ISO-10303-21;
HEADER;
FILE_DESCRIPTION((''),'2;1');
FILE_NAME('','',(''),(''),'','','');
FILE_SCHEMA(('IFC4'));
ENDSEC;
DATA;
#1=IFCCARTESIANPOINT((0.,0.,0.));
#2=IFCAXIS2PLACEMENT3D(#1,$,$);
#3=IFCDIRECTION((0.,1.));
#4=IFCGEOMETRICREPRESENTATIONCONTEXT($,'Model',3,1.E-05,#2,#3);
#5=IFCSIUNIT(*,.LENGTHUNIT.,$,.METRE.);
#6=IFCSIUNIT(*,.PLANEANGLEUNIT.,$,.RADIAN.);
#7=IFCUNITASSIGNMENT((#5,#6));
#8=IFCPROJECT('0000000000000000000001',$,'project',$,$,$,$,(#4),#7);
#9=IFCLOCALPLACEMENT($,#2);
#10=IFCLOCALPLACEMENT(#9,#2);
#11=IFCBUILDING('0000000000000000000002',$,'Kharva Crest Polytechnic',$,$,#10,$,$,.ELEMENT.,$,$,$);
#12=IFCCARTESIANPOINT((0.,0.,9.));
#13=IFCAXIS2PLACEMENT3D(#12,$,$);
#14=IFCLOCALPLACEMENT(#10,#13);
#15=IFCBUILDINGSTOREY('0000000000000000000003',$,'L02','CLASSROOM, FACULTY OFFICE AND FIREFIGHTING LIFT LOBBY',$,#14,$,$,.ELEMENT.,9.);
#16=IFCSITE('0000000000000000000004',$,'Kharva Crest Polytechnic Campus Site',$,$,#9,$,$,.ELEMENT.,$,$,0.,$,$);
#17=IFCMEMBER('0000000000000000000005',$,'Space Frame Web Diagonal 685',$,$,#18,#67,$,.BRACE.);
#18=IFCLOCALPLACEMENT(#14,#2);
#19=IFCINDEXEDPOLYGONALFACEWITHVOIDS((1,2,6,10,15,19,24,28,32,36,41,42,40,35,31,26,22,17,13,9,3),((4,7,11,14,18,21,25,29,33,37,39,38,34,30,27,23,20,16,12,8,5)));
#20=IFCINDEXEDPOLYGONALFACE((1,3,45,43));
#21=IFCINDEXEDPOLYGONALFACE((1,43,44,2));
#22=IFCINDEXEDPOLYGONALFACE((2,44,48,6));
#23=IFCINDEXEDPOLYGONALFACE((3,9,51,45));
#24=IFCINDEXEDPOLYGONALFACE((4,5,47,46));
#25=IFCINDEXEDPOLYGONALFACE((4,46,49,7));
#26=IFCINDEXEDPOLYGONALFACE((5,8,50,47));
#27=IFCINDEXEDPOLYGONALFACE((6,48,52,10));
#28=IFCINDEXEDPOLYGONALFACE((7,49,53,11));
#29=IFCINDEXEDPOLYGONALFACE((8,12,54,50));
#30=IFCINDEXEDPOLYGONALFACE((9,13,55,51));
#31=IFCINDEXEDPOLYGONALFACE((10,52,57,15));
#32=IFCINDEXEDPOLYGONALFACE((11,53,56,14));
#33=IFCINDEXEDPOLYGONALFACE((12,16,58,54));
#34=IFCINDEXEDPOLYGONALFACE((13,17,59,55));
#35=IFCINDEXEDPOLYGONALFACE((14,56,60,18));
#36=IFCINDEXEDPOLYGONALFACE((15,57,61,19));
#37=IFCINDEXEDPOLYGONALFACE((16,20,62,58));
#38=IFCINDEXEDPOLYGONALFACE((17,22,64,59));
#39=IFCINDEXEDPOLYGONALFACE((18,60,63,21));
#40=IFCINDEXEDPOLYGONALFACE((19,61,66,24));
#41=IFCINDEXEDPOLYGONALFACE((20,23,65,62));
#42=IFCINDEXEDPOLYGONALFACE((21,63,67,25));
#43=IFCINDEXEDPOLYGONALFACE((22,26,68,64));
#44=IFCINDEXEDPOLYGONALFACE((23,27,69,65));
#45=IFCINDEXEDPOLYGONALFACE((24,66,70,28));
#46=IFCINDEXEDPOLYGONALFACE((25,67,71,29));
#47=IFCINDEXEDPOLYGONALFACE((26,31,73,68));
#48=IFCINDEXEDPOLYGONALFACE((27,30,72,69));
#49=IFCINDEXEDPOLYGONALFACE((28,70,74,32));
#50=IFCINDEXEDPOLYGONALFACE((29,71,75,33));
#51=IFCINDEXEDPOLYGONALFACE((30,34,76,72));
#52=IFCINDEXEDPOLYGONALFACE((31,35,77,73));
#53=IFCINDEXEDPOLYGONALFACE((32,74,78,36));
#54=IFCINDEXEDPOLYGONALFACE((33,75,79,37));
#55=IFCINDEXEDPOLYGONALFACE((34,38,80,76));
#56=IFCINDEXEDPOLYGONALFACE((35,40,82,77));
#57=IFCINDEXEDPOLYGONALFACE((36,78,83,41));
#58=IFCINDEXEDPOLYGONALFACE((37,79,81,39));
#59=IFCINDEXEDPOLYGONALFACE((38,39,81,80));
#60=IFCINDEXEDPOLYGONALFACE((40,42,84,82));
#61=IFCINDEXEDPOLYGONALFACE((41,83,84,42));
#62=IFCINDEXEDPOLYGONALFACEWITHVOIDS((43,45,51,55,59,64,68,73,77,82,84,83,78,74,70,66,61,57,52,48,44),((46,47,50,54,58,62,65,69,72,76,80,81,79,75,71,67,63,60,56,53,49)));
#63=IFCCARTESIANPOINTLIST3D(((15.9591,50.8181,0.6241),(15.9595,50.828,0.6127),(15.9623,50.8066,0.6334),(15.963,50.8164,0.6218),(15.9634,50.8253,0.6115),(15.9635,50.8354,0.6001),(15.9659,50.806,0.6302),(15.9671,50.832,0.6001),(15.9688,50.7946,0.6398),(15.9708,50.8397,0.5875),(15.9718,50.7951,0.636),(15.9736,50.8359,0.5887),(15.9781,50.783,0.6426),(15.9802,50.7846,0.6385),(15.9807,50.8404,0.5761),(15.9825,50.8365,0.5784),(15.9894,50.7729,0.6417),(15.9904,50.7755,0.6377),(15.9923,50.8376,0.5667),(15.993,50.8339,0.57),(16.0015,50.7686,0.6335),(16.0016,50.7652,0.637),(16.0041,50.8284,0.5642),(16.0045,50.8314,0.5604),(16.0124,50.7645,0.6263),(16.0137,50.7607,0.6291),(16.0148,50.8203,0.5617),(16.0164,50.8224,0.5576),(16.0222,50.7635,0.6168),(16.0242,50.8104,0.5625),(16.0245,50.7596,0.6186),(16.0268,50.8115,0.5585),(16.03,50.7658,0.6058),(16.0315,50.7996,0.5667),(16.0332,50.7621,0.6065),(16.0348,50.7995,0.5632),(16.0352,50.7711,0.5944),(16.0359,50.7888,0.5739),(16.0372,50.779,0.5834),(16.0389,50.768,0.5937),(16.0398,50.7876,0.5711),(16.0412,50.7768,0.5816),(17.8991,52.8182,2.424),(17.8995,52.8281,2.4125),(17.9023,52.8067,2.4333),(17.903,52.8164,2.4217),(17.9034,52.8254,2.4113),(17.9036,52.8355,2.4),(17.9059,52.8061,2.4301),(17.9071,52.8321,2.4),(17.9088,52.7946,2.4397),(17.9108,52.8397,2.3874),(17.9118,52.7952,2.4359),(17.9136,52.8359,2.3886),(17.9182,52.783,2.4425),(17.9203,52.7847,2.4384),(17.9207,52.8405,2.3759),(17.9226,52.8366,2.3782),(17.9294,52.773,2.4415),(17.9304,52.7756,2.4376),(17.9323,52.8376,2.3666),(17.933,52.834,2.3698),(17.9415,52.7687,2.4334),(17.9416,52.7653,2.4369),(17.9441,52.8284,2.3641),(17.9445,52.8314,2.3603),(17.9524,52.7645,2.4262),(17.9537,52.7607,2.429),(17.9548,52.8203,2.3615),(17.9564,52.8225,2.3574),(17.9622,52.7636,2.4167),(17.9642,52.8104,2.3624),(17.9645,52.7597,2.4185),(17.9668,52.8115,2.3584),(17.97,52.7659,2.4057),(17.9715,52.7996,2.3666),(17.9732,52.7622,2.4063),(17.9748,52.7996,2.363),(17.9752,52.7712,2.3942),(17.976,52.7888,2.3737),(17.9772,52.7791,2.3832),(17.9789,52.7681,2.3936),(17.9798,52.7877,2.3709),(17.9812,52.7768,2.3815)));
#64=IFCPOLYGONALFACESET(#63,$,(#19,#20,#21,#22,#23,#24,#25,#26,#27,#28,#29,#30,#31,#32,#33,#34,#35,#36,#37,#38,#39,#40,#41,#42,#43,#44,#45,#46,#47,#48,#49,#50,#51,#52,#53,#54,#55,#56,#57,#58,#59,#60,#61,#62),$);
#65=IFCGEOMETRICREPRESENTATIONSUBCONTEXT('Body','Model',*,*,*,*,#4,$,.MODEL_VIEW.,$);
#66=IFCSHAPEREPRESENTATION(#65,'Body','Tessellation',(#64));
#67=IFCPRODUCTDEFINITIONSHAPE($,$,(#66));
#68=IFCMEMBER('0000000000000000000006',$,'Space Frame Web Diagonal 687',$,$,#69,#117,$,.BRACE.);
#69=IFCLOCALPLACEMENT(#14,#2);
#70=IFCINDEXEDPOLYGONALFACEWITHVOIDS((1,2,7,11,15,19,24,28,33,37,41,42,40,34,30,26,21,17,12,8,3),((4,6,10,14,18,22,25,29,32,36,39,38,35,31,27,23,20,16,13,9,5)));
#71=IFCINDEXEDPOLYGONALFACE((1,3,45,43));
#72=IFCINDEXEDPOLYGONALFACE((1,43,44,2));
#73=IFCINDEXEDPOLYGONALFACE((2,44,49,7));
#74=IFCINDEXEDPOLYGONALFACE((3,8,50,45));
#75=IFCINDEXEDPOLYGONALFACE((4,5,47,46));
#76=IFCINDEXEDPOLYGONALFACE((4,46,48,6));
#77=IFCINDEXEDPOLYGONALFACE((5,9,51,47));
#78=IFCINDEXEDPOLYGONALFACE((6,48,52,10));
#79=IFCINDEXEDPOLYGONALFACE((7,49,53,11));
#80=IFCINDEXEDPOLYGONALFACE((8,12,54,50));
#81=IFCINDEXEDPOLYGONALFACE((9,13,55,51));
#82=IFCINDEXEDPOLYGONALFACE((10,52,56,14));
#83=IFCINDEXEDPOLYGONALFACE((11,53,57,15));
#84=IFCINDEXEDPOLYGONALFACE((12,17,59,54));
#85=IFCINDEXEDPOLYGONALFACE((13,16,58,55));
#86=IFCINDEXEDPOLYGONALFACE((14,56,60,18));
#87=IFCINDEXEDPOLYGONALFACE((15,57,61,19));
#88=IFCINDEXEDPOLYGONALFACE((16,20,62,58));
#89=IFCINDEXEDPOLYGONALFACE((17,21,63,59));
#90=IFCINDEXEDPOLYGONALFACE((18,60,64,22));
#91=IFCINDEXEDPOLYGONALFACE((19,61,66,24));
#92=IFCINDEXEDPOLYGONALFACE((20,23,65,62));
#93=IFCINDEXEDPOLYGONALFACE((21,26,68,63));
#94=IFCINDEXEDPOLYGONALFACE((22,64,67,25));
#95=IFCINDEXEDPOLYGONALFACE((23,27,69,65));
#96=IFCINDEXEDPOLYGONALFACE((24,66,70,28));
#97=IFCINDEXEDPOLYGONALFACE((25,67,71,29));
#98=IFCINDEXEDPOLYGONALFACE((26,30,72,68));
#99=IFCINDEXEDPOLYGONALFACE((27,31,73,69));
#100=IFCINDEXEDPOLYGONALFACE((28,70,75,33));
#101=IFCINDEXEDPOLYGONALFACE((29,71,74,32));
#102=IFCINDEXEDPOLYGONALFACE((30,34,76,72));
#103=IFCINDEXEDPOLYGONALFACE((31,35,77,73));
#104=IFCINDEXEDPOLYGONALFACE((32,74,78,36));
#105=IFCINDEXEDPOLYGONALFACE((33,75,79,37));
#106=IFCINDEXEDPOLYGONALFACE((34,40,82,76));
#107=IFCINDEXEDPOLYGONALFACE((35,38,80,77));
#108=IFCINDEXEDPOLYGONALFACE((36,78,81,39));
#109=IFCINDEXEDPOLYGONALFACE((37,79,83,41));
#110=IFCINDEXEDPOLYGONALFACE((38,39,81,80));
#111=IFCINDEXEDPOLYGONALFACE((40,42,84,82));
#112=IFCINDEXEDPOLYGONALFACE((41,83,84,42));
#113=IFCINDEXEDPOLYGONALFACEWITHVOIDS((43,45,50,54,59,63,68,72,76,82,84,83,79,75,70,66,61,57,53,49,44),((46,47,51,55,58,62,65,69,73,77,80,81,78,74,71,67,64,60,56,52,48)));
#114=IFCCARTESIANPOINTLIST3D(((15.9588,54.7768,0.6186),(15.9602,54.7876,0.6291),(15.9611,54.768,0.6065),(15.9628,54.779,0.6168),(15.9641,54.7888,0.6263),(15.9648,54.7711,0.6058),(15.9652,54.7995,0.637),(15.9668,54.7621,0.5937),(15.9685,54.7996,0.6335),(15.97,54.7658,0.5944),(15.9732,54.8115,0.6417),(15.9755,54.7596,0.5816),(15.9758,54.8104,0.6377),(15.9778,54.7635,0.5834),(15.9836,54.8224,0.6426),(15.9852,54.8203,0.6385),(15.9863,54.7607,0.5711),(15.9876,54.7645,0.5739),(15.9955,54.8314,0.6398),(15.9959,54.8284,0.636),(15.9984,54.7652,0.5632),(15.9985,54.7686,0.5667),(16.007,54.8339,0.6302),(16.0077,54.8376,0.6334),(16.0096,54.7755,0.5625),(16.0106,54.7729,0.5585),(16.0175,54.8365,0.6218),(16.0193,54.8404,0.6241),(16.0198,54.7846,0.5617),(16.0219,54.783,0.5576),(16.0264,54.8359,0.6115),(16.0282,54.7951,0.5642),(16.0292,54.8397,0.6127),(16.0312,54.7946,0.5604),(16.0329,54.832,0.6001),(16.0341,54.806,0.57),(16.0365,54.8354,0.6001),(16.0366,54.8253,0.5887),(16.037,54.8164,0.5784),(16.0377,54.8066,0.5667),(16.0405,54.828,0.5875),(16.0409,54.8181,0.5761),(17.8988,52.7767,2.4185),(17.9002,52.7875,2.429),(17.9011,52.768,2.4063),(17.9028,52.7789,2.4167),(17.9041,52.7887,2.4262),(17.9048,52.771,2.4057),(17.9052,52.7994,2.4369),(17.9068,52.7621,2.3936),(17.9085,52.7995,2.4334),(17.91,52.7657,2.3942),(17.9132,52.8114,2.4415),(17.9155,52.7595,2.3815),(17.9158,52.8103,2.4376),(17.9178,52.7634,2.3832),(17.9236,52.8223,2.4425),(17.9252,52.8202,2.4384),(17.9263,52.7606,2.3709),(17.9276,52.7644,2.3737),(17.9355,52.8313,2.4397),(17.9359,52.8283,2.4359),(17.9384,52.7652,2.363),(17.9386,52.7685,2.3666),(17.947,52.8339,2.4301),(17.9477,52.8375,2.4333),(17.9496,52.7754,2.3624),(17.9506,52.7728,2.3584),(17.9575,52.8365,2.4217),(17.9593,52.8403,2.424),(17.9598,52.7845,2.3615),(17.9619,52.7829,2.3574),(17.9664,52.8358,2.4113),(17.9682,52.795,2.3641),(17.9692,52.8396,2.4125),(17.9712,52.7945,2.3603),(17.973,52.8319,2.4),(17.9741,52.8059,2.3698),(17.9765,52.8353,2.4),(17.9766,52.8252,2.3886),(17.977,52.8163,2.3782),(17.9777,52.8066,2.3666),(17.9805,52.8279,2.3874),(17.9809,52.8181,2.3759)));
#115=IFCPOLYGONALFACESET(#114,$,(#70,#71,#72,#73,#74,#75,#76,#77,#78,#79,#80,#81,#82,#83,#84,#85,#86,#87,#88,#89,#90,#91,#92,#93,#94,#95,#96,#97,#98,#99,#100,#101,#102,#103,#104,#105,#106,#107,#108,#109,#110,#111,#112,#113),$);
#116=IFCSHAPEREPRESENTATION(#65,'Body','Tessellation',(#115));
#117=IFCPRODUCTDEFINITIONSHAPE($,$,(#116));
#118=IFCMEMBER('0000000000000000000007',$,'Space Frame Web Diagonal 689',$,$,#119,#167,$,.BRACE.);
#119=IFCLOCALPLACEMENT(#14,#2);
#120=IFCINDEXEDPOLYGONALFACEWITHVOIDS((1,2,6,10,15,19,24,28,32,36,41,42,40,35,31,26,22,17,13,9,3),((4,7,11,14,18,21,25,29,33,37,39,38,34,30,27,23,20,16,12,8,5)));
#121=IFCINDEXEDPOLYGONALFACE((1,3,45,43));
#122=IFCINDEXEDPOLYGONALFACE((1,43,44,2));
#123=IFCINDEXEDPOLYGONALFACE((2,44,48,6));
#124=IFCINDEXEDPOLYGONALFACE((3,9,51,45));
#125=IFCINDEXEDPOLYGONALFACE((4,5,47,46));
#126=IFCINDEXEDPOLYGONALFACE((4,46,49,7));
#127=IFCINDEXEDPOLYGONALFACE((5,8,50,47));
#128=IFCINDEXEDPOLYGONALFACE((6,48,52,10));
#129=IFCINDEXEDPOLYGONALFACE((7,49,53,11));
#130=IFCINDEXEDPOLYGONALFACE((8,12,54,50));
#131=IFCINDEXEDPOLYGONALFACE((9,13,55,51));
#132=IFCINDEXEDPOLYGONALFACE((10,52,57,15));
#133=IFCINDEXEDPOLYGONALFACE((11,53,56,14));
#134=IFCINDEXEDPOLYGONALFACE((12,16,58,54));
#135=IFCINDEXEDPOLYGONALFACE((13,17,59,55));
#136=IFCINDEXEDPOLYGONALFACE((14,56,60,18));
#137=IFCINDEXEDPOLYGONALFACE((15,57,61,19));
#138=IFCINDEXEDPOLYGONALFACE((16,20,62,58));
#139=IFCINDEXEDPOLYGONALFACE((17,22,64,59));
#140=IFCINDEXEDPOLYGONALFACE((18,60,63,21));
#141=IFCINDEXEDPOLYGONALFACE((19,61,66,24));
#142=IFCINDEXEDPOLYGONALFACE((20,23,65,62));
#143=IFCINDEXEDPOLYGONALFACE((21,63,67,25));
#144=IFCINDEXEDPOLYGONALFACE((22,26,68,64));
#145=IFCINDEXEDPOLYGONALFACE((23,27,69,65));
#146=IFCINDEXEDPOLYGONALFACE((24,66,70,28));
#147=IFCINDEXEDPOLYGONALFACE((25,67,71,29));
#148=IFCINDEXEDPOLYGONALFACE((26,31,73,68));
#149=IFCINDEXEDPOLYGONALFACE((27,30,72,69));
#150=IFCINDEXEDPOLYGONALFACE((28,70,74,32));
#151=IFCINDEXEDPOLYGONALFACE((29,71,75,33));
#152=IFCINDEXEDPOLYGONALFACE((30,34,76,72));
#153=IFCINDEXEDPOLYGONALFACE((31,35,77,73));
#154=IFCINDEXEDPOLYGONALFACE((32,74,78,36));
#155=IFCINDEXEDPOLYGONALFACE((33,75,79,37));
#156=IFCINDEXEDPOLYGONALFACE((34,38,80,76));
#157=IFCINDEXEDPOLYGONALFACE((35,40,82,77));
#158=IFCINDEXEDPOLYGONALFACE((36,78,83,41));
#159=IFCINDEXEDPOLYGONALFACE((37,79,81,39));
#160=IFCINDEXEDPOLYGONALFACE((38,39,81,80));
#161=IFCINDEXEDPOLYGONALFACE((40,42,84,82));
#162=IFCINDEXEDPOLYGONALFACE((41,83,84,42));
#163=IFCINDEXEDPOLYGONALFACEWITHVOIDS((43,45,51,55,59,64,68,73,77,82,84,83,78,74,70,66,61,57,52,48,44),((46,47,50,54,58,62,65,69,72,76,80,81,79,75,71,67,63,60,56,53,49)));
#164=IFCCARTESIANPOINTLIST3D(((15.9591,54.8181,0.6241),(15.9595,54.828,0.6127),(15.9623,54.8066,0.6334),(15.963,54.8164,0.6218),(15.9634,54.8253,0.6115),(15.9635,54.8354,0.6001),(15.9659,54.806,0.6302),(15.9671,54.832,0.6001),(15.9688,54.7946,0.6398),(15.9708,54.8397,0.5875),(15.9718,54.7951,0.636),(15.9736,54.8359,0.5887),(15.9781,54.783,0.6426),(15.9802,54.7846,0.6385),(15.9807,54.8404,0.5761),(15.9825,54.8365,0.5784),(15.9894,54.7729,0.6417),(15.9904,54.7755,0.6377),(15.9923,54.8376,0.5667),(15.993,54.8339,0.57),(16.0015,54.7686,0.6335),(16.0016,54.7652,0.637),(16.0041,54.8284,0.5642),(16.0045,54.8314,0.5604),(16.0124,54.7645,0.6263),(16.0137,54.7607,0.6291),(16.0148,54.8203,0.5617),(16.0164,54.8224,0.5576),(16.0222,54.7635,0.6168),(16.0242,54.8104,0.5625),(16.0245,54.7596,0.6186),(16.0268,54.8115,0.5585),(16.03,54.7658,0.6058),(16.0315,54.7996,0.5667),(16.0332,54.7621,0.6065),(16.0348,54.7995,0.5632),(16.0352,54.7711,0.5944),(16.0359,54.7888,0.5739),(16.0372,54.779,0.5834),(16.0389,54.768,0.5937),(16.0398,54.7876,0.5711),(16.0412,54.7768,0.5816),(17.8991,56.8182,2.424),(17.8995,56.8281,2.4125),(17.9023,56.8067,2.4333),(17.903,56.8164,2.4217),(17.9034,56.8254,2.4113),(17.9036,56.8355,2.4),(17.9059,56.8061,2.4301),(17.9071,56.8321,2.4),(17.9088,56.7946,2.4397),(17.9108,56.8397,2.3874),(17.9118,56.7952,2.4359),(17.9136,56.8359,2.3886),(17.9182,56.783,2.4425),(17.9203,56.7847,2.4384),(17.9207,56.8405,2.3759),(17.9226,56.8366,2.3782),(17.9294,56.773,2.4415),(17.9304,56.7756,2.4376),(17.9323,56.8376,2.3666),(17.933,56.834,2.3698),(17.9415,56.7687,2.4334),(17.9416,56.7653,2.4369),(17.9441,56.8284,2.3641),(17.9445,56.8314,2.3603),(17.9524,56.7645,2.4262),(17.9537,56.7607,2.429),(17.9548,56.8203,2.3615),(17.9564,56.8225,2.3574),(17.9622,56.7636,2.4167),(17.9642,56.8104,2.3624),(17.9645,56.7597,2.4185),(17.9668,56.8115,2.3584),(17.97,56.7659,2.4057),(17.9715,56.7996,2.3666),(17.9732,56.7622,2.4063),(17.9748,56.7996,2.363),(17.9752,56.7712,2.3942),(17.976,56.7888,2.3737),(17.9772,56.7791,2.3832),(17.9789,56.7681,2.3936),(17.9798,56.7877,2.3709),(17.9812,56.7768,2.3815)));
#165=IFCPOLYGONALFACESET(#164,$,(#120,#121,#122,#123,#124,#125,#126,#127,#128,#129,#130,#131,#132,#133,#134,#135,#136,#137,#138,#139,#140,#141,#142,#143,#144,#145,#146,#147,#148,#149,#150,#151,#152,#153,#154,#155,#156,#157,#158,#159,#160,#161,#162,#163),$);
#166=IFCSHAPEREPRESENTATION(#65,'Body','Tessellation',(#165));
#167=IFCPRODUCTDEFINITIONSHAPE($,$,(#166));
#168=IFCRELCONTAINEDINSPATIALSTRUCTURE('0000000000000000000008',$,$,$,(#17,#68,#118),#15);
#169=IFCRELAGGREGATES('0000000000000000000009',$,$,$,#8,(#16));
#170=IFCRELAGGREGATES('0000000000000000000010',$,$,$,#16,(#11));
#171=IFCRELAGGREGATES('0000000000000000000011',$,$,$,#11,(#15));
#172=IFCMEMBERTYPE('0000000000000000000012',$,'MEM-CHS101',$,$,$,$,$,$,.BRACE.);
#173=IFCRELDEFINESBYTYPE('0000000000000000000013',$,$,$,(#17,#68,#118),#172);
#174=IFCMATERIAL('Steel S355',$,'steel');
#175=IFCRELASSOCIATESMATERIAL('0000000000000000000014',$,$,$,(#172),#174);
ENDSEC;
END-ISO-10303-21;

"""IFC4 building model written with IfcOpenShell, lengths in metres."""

from ifc_helpers import new_model, si_unit, direction, frame, origin, origin_2d, place, context, subcontext, project, spatial, hollow_circle, extrude, material, material_profile, profile_set, type_object, element, save


model = new_model("IFC4")

# Units and contexts
model_context = context("Model", 3, precision=1e-05, world=origin(), true_north=direction((0.0, 1.0)))
body_context = subcontext(model_context, "Body", "Model", "MODEL_VIEW")
ifc_project = project(units=[si_unit("LENGTHUNIT", "METRE"), si_unit("PLANEANGLEUNIT", "RADIAN")], contexts=[model_context])

# Site, building, storey
site_placement = place(None, origin())
site = spatial("IfcSite", under=ifc_project, at=site_placement, Name="Kharva Crest Polytechnic Campus Site", CompositionType="ELEMENT", RefElevation=0.0)
building_placement = place(site_placement, origin())
building = spatial("IfcBuilding", under=site, at=building_placement, Name="Kharva Crest Polytechnic", CompositionType="ELEMENT")
storey_placement = place(building_placement, frame((0.0, 0.0, 9.0)))
storey = spatial("IfcBuildingStorey", under=building, at=storey_placement, Name="L02", Description="CLASSROOM, FACULTY OFFICE AND FIREFIGHTING LIFT LOBBY", CompositionType="ELEMENT", Elevation=9.0)

# Shared definitions
ifc_material_1 = material(Name="Steel S355", Category="steel")

# Members
ifc_material_profile_1 = material_profile(ifc_material_1, hollow_circle(Radius=0.0508, WallThickness=0.0049, at=origin_2d()), Name="CHS 101.6X5.0")
ifc_profile_set_1 = profile_set([ifc_material_profile_1], Name="Steel S355")
member_type_1 = type_object("IfcMemberType", Name="MEM-CHS101", PredefinedType="BRACE", material=ifc_profile_set_1)
for number, where, z_axis, x_axis, name in (
    (1, (16.0, 50.8, 0.6001), (0.584843, 0.60295, 0.542596), (-0.717802, 0.696247, 0.0), "Space Frame Web Diagonal 685"),
    (2, (16.0, 54.8, 0.6001), (0.584843, -0.60295, 0.542596), (0.717802, 0.696247, 0.0), "Space Frame Web Diagonal 687"),
    (3, (16.0, 54.8, 0.6001), (0.584843, 0.60295, 0.542596), (-0.717802, 0.696247, 0.0), "Space Frame Web Diagonal 689"),
):
    element("IfcMember", number, at=place(storey_placement, frame(where, z_axis=z_axis, x_axis=x_axis)), inside=storey, type_object=member_type_1, Name=name, PredefinedType="BRACE", context=body_context, shape_type="SweptSolid", body=[
        extrude(hollow_circle(Radius=0.0508, WallThickness=0.0049, at=origin_2d()), origin(), (0.0, 0.0, 1.0), 3.3171),
    ])

save(model, "model.ifc")
